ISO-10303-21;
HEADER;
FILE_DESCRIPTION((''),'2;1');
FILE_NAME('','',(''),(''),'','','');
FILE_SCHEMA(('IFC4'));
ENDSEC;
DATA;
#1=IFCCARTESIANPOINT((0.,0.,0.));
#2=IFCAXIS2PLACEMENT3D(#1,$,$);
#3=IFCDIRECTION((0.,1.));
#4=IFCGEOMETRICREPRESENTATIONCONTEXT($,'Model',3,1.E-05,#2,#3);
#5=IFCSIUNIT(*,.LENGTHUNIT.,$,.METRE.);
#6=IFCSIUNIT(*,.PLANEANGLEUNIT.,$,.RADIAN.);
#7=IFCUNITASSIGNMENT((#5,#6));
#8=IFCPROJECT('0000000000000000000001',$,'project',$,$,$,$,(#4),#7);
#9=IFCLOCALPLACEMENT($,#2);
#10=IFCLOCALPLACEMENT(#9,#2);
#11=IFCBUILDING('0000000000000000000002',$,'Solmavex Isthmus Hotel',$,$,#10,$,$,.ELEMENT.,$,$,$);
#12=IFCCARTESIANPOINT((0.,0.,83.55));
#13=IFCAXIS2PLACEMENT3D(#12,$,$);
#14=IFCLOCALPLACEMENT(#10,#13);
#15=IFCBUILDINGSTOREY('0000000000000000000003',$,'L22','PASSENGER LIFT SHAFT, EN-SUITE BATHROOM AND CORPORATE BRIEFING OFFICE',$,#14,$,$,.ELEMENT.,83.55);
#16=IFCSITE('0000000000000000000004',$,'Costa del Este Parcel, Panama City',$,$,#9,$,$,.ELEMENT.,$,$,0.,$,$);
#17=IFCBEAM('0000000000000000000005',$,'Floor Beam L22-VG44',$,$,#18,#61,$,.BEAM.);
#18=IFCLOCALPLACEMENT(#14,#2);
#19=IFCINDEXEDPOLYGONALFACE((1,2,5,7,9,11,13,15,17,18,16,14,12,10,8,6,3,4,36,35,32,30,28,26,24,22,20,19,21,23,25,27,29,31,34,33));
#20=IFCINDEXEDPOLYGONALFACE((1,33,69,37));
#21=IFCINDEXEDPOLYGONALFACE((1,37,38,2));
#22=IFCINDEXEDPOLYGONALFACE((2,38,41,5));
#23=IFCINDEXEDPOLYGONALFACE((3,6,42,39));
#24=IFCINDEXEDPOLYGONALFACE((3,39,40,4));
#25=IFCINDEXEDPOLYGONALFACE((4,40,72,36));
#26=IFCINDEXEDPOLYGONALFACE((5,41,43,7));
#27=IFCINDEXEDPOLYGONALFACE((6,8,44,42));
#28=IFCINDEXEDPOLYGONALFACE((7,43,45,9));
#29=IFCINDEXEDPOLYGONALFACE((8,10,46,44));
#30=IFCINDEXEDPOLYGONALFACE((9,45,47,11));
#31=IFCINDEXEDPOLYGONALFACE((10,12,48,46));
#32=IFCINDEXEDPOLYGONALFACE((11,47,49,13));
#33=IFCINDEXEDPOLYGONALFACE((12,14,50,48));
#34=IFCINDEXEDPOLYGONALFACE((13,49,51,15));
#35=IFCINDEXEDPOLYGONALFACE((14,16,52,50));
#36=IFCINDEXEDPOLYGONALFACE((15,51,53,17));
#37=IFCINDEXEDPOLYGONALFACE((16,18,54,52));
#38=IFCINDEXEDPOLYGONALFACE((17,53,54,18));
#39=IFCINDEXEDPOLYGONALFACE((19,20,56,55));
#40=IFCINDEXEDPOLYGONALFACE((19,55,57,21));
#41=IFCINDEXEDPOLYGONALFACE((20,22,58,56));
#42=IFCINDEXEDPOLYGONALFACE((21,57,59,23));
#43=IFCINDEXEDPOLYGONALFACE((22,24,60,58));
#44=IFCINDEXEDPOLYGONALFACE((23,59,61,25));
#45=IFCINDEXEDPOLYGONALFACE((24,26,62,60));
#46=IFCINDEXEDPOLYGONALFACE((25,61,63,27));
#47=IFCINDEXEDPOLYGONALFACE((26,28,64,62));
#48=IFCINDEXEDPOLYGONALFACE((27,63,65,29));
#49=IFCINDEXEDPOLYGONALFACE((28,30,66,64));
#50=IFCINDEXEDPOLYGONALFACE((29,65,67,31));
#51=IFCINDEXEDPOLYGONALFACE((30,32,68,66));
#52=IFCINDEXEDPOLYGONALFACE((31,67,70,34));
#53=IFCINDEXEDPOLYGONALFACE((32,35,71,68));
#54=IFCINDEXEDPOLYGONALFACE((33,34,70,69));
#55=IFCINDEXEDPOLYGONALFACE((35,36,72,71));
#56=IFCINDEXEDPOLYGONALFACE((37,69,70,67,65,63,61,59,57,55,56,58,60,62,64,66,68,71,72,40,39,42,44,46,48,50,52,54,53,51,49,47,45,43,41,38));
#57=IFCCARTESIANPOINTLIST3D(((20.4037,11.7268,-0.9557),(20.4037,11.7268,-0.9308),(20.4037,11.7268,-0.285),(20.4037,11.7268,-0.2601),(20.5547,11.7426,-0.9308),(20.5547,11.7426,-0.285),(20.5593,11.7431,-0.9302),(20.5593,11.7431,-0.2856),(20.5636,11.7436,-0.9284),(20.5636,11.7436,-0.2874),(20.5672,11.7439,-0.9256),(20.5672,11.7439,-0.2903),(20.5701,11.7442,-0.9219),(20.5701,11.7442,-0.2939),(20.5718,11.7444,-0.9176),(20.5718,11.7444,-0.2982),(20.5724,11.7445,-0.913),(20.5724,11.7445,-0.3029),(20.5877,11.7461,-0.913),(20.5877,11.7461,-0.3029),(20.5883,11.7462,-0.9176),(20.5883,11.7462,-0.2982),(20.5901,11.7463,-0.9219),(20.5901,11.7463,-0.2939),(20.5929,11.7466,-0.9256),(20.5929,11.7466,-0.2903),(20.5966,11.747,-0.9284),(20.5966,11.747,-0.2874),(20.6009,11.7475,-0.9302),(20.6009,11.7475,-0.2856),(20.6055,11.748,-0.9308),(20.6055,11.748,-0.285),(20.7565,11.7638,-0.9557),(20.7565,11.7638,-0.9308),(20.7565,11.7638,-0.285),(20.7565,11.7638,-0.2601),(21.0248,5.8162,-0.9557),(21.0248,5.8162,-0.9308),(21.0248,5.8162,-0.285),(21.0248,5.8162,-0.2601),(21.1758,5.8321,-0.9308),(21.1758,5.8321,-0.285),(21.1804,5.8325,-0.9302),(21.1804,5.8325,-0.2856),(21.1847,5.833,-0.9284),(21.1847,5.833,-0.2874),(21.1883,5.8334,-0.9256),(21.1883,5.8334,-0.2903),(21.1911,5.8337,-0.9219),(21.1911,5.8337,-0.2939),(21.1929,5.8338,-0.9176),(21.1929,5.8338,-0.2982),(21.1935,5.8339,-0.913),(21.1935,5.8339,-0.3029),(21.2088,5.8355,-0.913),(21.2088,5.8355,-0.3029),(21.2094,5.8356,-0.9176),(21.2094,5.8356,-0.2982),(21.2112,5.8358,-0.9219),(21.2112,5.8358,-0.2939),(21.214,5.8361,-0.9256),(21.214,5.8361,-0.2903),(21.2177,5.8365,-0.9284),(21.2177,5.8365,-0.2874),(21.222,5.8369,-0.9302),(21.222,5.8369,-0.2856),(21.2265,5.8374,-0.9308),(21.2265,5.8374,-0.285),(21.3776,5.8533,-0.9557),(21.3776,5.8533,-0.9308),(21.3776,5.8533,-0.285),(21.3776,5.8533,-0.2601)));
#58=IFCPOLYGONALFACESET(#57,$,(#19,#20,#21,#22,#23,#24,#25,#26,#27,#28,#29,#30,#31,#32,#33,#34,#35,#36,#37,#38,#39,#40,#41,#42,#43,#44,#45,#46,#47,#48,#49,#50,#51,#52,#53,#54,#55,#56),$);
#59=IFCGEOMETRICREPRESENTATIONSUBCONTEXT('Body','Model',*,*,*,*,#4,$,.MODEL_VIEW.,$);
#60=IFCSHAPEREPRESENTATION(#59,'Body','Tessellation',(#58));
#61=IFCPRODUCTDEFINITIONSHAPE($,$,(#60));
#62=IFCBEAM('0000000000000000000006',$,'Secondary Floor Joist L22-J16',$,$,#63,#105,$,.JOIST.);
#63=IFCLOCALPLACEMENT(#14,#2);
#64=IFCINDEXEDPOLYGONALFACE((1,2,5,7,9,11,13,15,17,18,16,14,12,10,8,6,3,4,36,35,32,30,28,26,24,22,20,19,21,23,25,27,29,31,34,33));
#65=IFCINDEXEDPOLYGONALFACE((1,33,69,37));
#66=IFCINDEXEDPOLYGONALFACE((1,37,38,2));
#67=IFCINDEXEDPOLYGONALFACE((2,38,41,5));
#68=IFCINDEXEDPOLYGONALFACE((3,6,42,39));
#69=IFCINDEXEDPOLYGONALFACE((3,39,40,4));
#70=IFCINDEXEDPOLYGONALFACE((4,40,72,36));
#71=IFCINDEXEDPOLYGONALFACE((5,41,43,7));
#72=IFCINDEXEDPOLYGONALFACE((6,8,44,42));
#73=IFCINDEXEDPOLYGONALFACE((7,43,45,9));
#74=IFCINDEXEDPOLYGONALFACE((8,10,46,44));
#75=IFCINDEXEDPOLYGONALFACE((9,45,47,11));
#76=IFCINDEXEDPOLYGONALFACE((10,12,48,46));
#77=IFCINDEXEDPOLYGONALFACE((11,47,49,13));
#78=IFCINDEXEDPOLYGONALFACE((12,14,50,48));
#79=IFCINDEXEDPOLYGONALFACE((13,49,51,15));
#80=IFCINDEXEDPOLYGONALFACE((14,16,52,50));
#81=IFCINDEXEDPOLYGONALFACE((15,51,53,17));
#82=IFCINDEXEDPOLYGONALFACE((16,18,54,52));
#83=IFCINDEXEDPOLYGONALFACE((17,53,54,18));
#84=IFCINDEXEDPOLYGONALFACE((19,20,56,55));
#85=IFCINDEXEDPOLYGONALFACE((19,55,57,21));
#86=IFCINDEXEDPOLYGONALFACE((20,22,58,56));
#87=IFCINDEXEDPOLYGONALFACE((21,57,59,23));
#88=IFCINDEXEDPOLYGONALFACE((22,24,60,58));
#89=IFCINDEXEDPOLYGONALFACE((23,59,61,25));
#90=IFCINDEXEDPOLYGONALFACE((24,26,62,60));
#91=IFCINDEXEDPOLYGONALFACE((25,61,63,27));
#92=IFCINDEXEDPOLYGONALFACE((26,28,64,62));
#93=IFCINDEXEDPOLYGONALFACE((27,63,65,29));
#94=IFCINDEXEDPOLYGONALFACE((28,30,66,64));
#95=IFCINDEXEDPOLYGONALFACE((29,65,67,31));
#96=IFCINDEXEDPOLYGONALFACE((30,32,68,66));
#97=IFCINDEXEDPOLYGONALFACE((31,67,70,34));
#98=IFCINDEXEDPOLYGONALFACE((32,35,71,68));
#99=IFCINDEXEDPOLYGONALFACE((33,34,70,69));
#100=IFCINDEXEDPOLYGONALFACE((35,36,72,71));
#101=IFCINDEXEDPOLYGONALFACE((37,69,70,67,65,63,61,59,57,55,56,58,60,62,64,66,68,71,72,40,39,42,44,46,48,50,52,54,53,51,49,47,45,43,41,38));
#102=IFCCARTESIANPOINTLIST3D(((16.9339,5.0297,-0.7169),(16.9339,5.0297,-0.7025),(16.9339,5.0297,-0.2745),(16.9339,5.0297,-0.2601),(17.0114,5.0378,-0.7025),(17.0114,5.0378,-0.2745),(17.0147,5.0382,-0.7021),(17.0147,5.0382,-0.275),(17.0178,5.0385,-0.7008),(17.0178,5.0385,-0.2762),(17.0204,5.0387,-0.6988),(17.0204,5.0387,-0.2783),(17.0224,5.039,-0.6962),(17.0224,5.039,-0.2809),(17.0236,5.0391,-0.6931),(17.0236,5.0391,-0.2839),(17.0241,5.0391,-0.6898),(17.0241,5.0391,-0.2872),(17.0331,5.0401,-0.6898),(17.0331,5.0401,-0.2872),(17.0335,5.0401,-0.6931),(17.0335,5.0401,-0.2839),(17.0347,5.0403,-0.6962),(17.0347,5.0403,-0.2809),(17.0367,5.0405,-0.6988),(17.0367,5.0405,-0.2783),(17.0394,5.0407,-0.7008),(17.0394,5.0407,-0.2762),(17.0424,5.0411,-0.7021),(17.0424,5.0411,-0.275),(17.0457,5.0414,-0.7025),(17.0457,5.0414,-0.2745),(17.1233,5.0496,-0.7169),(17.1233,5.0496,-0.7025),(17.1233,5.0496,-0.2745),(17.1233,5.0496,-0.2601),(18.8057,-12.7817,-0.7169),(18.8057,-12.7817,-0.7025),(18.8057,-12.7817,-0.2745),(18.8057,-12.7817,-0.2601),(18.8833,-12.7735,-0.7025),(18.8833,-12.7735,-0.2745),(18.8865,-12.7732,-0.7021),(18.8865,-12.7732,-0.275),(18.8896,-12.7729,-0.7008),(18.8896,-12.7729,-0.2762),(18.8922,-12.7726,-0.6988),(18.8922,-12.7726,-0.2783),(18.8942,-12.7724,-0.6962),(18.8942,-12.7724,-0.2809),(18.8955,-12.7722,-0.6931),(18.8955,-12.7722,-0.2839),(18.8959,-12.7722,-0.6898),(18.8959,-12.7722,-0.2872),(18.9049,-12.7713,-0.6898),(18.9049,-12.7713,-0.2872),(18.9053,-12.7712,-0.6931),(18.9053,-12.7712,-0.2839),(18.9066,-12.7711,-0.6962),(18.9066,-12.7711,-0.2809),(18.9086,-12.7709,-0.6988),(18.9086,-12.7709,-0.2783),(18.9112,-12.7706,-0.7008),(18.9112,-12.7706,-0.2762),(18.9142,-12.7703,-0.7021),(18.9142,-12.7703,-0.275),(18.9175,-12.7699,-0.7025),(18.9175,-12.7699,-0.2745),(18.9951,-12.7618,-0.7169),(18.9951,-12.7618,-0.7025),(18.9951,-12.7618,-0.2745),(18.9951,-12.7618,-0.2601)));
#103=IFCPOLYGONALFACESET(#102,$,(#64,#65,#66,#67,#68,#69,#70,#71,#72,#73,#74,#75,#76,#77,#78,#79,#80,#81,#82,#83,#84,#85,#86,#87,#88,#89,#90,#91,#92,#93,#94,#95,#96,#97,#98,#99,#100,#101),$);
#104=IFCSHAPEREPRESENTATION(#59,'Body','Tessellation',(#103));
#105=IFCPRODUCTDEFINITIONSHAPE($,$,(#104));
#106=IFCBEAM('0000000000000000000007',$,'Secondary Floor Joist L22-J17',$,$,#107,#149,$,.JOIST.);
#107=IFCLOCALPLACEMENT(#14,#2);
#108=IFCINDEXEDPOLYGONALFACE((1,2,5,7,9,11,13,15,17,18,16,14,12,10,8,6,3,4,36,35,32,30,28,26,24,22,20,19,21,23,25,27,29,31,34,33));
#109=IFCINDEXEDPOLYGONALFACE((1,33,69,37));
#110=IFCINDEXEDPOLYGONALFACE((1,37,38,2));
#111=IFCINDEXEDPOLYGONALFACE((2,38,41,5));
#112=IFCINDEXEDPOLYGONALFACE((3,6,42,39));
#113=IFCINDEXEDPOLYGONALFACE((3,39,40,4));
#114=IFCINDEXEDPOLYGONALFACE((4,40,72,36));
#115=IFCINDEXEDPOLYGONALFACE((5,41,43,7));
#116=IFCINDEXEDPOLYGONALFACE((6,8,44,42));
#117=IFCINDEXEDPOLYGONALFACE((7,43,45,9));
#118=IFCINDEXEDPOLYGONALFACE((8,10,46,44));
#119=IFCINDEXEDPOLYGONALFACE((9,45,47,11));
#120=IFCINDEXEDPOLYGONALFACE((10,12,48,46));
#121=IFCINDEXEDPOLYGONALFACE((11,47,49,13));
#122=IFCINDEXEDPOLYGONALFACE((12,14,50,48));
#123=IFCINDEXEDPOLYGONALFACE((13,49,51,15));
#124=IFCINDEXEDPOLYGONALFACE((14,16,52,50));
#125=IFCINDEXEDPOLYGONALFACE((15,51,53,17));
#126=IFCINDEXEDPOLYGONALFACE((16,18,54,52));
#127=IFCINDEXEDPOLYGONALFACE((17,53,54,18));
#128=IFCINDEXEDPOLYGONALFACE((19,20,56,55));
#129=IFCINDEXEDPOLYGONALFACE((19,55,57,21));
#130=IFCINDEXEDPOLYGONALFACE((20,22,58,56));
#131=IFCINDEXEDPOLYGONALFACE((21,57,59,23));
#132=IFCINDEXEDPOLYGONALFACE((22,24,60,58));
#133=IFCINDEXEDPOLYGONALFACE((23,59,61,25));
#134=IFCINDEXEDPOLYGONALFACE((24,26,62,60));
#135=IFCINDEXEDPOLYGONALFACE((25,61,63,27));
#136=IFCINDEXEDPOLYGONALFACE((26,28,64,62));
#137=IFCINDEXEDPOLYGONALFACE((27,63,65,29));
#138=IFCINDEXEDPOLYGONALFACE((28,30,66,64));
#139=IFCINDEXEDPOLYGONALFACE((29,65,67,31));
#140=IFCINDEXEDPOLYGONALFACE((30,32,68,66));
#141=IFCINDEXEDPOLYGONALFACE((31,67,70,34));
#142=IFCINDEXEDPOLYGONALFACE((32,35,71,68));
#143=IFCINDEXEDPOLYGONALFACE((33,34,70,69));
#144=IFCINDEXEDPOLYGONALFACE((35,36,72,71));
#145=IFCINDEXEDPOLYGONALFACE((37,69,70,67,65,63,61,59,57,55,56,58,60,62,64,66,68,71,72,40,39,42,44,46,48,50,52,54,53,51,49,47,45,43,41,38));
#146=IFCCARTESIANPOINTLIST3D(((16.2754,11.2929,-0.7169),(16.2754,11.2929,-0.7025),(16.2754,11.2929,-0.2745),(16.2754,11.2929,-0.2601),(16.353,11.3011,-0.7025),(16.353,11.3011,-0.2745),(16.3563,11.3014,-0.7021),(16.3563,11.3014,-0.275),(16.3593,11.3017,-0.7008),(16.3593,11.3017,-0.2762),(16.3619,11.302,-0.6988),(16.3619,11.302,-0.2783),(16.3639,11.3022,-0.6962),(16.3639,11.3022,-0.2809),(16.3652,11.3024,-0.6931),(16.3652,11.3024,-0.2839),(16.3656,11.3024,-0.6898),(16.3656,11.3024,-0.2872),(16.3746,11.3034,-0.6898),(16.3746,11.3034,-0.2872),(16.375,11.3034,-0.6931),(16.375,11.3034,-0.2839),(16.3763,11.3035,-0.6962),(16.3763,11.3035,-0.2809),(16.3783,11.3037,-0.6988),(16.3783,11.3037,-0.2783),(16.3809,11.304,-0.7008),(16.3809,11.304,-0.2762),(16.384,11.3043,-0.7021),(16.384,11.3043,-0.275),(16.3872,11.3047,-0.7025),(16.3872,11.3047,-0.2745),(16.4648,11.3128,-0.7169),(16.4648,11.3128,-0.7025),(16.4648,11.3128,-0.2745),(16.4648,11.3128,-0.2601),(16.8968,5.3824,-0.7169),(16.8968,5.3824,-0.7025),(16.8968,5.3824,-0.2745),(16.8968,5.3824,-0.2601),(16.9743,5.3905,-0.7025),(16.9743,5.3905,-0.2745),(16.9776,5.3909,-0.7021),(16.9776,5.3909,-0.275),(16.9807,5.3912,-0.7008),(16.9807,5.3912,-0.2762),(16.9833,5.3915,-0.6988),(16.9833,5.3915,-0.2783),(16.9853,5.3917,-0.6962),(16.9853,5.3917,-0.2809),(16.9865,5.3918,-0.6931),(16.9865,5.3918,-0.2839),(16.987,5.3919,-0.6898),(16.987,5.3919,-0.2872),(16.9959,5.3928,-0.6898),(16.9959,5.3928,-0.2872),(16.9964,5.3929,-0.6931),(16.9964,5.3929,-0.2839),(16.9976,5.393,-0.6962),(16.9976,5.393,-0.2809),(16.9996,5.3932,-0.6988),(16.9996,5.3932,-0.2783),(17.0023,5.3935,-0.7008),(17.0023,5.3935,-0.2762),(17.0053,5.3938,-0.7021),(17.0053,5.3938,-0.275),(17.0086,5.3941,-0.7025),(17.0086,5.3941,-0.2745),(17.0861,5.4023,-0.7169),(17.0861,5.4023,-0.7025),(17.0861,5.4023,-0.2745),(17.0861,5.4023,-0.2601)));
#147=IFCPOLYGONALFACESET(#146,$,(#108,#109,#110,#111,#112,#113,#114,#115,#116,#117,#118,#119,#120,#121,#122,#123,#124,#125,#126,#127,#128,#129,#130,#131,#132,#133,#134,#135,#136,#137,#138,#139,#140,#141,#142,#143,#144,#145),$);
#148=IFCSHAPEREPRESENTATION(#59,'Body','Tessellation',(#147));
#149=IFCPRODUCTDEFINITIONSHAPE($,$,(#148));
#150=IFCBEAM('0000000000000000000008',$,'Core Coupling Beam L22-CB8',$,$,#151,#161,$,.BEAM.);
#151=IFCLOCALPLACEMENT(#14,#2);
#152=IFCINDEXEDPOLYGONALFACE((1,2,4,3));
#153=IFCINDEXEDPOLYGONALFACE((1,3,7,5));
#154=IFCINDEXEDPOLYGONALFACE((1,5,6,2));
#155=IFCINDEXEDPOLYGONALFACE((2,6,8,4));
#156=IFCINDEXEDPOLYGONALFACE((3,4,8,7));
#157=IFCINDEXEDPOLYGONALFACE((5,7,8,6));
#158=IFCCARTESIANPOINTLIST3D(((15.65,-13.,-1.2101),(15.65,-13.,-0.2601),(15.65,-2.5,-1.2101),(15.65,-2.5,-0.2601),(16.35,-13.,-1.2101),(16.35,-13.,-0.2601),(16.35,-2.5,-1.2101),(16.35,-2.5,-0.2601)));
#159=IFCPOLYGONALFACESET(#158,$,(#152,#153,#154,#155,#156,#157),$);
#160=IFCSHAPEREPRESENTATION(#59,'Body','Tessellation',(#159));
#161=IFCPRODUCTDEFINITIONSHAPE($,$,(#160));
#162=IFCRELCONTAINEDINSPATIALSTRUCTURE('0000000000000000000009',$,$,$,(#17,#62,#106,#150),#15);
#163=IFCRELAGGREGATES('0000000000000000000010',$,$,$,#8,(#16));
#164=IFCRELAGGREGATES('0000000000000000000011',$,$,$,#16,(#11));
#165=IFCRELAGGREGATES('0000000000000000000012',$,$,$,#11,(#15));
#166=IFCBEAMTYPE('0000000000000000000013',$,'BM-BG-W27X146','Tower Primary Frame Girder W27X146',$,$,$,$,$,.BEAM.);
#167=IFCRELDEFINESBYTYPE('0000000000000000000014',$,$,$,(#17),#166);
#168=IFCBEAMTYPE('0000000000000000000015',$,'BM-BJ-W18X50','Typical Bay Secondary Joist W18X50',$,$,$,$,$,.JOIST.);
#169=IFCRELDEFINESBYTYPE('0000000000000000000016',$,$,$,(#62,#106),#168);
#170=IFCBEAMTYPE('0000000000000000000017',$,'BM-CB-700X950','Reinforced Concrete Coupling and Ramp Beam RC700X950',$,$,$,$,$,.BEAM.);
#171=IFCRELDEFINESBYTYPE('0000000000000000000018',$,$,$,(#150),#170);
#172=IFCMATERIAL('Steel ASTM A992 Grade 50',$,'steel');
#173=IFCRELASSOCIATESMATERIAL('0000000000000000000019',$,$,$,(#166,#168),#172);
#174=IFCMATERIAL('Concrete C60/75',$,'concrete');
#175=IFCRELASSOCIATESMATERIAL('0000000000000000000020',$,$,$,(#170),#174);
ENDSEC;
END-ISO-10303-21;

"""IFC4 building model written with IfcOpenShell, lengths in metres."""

from ifc_helpers import new_model, si_unit, direction, frame, origin, origin_2d, place, context, subcontext, project, spatial, rectangle, i_section, extrude, material, material_profile, profile_set, type_object, element, save


model = new_model("IFC4")

# Units and contexts
model_context = context("Model", 3, precision=1e-05, world=origin(), true_north=direction((0.0, 1.0)))
body_context = subcontext(model_context, "Body", "Model", "MODEL_VIEW")
ifc_project = project(units=[si_unit("LENGTHUNIT", "METRE"), si_unit("PLANEANGLEUNIT", "RADIAN")], contexts=[model_context])

# Site, building, storey
site_placement = place(None, origin())
site = spatial("IfcSite", under=ifc_project, at=site_placement, Name="Costa del Este Parcel, Panama City", CompositionType="ELEMENT", RefElevation=0.0)
building_placement = place(site_placement, origin())
building = spatial("IfcBuilding", under=site, at=building_placement, Name="Solmavex Isthmus Hotel", CompositionType="ELEMENT")
storey_placement = place(building_placement, frame((0.0, 0.0, 83.55)))
storey = spatial("IfcBuildingStorey", under=building, at=storey_placement, Name="L22", Description="PASSENGER LIFT SHAFT, EN-SUITE BATHROOM AND CORPORATE BRIEFING OFFICE", CompositionType="ELEMENT", Elevation=83.55)

# Shared definitions
ifc_material_1 = material(Name="Concrete C60/75", Category="concrete")

# Beams
ifc_material_2 = material(Name="Steel ASTM A992 Grade 50", Category="steel")
ifc_material_profile_1 = material_profile(ifc_material_2, i_section(OverallWidth=0.3547, OverallDepth=0.6956, WebThickness=0.0154, FlangeThickness=0.0249, FilletRadius=0.0178, at=origin_2d()), Name="W27X146")
ifc_profile_set_1 = profile_set([ifc_material_profile_1], Name="Steel ASTM A992 Grade 50")
beam_type_1 = type_object("IfcBeamType", Name="BM-BG-W27X146", Description="Tower Primary Frame Girder W27X146", PredefinedType="BEAM", material=ifc_profile_set_1)
beam_1_placement = place(storey_placement, frame((21.2012, 5.8347, -0.6079), z_axis=(-0.104505, 0.994524, 0.0), x_axis=(-0.994524, -0.104505, 0.0)))
element("IfcBeam", 1, at=beam_1_placement, inside=storey, type_object=beam_type_1, Name="Floor Beam L22-VG44", PredefinedType="BEAM", context=body_context, shape_type="SweptSolid", body=[
    extrude(i_section(OverallWidth=0.3547, OverallDepth=0.6956, WebThickness=0.0154, FlangeThickness=0.0249, FilletRadius=0.0178, at=origin_2d()), origin(), (0.0, 0.0, 1.0), 5.9431),
])
ifc_material_profile_2 = material_profile(ifc_material_2, i_section(OverallWidth=0.1904, OverallDepth=0.4568, WebThickness=0.009, FlangeThickness=0.0144, FilletRadius=0.0127, at=origin_2d()), Name="W18X50")
ifc_profile_set_2 = profile_set([ifc_material_profile_2], Name="Steel ASTM A992 Grade 50")
beam_type_2 = type_object("IfcBeamType", Name="BM-BJ-W18X50", Description="Typical Bay Secondary Joist W18X50", PredefinedType="JOIST", material=ifc_profile_set_2)
beam_2_placement = place(storey_placement, frame((18.9004, -12.7717, -0.4885), z_axis=(-0.104517, 0.994523, 0.0), x_axis=(-0.994523, -0.104517, 0.0)))
element("IfcBeam", 2, at=beam_2_placement, inside=storey, type_object=beam_type_2, Name="Secondary Floor Joist L22-J16", PredefinedType="JOIST", context=body_context, shape_type="SweptSolid", body=[
    extrude(i_section(OverallWidth=0.1904, OverallDepth=0.4568, WebThickness=0.009, FlangeThickness=0.0144, FilletRadius=0.0127, at=origin_2d()), origin(), (0.0, 0.0, 1.0), 17.9094),
])
beam_3_placement = place(storey_placement, frame((16.9915, 5.3923, -0.4885), z_axis=(-0.104546, 0.99452, 0.0), x_axis=(-0.99452, -0.104546, 0.0)))
element("IfcBeam", 3, at=beam_3_placement, inside=storey, type_object=beam_type_2, Name="Secondary Floor Joist L22-J17", PredefinedType="JOIST", context=body_context, shape_type="SweptSolid", body=[
    extrude(i_section(OverallWidth=0.1904, OverallDepth=0.4568, WebThickness=0.009, FlangeThickness=0.0144, FilletRadius=0.0127, at=origin_2d()), origin(), (0.0, 0.0, 1.0), 5.9431),
])
ifc_material_profile_3 = material_profile(ifc_material_1, rectangle(XDim=0.7, YDim=0.95, at=origin_2d()), Name="RC700X950")
ifc_profile_set_3 = profile_set([ifc_material_profile_3], Name="Concrete C60/75")
beam_type_3 = type_object("IfcBeamType", Name="BM-CB-700X950", Description="Reinforced Concrete Coupling and Ramp Beam RC700X950", PredefinedType="BEAM", material=ifc_profile_set_3)
beam_4_placement = place(storey_placement, frame((16.0, -13.0, -0.7351), z_axis=(0.0, 1.0, 0.0), x_axis=(-1.0, 0.0, 0.0)))
element("IfcBeam", 4, at=beam_4_placement, inside=storey, type_object=beam_type_3, Name="Core Coupling Beam L22-CB8", PredefinedType="BEAM", context=body_context, shape_type="SweptSolid", body=[
    extrude(rectangle(XDim=0.7, YDim=0.95, at=origin_2d()), origin(), (0.0, 0.0, 1.0), 10.5),
])

save(model, "model.ifc")
